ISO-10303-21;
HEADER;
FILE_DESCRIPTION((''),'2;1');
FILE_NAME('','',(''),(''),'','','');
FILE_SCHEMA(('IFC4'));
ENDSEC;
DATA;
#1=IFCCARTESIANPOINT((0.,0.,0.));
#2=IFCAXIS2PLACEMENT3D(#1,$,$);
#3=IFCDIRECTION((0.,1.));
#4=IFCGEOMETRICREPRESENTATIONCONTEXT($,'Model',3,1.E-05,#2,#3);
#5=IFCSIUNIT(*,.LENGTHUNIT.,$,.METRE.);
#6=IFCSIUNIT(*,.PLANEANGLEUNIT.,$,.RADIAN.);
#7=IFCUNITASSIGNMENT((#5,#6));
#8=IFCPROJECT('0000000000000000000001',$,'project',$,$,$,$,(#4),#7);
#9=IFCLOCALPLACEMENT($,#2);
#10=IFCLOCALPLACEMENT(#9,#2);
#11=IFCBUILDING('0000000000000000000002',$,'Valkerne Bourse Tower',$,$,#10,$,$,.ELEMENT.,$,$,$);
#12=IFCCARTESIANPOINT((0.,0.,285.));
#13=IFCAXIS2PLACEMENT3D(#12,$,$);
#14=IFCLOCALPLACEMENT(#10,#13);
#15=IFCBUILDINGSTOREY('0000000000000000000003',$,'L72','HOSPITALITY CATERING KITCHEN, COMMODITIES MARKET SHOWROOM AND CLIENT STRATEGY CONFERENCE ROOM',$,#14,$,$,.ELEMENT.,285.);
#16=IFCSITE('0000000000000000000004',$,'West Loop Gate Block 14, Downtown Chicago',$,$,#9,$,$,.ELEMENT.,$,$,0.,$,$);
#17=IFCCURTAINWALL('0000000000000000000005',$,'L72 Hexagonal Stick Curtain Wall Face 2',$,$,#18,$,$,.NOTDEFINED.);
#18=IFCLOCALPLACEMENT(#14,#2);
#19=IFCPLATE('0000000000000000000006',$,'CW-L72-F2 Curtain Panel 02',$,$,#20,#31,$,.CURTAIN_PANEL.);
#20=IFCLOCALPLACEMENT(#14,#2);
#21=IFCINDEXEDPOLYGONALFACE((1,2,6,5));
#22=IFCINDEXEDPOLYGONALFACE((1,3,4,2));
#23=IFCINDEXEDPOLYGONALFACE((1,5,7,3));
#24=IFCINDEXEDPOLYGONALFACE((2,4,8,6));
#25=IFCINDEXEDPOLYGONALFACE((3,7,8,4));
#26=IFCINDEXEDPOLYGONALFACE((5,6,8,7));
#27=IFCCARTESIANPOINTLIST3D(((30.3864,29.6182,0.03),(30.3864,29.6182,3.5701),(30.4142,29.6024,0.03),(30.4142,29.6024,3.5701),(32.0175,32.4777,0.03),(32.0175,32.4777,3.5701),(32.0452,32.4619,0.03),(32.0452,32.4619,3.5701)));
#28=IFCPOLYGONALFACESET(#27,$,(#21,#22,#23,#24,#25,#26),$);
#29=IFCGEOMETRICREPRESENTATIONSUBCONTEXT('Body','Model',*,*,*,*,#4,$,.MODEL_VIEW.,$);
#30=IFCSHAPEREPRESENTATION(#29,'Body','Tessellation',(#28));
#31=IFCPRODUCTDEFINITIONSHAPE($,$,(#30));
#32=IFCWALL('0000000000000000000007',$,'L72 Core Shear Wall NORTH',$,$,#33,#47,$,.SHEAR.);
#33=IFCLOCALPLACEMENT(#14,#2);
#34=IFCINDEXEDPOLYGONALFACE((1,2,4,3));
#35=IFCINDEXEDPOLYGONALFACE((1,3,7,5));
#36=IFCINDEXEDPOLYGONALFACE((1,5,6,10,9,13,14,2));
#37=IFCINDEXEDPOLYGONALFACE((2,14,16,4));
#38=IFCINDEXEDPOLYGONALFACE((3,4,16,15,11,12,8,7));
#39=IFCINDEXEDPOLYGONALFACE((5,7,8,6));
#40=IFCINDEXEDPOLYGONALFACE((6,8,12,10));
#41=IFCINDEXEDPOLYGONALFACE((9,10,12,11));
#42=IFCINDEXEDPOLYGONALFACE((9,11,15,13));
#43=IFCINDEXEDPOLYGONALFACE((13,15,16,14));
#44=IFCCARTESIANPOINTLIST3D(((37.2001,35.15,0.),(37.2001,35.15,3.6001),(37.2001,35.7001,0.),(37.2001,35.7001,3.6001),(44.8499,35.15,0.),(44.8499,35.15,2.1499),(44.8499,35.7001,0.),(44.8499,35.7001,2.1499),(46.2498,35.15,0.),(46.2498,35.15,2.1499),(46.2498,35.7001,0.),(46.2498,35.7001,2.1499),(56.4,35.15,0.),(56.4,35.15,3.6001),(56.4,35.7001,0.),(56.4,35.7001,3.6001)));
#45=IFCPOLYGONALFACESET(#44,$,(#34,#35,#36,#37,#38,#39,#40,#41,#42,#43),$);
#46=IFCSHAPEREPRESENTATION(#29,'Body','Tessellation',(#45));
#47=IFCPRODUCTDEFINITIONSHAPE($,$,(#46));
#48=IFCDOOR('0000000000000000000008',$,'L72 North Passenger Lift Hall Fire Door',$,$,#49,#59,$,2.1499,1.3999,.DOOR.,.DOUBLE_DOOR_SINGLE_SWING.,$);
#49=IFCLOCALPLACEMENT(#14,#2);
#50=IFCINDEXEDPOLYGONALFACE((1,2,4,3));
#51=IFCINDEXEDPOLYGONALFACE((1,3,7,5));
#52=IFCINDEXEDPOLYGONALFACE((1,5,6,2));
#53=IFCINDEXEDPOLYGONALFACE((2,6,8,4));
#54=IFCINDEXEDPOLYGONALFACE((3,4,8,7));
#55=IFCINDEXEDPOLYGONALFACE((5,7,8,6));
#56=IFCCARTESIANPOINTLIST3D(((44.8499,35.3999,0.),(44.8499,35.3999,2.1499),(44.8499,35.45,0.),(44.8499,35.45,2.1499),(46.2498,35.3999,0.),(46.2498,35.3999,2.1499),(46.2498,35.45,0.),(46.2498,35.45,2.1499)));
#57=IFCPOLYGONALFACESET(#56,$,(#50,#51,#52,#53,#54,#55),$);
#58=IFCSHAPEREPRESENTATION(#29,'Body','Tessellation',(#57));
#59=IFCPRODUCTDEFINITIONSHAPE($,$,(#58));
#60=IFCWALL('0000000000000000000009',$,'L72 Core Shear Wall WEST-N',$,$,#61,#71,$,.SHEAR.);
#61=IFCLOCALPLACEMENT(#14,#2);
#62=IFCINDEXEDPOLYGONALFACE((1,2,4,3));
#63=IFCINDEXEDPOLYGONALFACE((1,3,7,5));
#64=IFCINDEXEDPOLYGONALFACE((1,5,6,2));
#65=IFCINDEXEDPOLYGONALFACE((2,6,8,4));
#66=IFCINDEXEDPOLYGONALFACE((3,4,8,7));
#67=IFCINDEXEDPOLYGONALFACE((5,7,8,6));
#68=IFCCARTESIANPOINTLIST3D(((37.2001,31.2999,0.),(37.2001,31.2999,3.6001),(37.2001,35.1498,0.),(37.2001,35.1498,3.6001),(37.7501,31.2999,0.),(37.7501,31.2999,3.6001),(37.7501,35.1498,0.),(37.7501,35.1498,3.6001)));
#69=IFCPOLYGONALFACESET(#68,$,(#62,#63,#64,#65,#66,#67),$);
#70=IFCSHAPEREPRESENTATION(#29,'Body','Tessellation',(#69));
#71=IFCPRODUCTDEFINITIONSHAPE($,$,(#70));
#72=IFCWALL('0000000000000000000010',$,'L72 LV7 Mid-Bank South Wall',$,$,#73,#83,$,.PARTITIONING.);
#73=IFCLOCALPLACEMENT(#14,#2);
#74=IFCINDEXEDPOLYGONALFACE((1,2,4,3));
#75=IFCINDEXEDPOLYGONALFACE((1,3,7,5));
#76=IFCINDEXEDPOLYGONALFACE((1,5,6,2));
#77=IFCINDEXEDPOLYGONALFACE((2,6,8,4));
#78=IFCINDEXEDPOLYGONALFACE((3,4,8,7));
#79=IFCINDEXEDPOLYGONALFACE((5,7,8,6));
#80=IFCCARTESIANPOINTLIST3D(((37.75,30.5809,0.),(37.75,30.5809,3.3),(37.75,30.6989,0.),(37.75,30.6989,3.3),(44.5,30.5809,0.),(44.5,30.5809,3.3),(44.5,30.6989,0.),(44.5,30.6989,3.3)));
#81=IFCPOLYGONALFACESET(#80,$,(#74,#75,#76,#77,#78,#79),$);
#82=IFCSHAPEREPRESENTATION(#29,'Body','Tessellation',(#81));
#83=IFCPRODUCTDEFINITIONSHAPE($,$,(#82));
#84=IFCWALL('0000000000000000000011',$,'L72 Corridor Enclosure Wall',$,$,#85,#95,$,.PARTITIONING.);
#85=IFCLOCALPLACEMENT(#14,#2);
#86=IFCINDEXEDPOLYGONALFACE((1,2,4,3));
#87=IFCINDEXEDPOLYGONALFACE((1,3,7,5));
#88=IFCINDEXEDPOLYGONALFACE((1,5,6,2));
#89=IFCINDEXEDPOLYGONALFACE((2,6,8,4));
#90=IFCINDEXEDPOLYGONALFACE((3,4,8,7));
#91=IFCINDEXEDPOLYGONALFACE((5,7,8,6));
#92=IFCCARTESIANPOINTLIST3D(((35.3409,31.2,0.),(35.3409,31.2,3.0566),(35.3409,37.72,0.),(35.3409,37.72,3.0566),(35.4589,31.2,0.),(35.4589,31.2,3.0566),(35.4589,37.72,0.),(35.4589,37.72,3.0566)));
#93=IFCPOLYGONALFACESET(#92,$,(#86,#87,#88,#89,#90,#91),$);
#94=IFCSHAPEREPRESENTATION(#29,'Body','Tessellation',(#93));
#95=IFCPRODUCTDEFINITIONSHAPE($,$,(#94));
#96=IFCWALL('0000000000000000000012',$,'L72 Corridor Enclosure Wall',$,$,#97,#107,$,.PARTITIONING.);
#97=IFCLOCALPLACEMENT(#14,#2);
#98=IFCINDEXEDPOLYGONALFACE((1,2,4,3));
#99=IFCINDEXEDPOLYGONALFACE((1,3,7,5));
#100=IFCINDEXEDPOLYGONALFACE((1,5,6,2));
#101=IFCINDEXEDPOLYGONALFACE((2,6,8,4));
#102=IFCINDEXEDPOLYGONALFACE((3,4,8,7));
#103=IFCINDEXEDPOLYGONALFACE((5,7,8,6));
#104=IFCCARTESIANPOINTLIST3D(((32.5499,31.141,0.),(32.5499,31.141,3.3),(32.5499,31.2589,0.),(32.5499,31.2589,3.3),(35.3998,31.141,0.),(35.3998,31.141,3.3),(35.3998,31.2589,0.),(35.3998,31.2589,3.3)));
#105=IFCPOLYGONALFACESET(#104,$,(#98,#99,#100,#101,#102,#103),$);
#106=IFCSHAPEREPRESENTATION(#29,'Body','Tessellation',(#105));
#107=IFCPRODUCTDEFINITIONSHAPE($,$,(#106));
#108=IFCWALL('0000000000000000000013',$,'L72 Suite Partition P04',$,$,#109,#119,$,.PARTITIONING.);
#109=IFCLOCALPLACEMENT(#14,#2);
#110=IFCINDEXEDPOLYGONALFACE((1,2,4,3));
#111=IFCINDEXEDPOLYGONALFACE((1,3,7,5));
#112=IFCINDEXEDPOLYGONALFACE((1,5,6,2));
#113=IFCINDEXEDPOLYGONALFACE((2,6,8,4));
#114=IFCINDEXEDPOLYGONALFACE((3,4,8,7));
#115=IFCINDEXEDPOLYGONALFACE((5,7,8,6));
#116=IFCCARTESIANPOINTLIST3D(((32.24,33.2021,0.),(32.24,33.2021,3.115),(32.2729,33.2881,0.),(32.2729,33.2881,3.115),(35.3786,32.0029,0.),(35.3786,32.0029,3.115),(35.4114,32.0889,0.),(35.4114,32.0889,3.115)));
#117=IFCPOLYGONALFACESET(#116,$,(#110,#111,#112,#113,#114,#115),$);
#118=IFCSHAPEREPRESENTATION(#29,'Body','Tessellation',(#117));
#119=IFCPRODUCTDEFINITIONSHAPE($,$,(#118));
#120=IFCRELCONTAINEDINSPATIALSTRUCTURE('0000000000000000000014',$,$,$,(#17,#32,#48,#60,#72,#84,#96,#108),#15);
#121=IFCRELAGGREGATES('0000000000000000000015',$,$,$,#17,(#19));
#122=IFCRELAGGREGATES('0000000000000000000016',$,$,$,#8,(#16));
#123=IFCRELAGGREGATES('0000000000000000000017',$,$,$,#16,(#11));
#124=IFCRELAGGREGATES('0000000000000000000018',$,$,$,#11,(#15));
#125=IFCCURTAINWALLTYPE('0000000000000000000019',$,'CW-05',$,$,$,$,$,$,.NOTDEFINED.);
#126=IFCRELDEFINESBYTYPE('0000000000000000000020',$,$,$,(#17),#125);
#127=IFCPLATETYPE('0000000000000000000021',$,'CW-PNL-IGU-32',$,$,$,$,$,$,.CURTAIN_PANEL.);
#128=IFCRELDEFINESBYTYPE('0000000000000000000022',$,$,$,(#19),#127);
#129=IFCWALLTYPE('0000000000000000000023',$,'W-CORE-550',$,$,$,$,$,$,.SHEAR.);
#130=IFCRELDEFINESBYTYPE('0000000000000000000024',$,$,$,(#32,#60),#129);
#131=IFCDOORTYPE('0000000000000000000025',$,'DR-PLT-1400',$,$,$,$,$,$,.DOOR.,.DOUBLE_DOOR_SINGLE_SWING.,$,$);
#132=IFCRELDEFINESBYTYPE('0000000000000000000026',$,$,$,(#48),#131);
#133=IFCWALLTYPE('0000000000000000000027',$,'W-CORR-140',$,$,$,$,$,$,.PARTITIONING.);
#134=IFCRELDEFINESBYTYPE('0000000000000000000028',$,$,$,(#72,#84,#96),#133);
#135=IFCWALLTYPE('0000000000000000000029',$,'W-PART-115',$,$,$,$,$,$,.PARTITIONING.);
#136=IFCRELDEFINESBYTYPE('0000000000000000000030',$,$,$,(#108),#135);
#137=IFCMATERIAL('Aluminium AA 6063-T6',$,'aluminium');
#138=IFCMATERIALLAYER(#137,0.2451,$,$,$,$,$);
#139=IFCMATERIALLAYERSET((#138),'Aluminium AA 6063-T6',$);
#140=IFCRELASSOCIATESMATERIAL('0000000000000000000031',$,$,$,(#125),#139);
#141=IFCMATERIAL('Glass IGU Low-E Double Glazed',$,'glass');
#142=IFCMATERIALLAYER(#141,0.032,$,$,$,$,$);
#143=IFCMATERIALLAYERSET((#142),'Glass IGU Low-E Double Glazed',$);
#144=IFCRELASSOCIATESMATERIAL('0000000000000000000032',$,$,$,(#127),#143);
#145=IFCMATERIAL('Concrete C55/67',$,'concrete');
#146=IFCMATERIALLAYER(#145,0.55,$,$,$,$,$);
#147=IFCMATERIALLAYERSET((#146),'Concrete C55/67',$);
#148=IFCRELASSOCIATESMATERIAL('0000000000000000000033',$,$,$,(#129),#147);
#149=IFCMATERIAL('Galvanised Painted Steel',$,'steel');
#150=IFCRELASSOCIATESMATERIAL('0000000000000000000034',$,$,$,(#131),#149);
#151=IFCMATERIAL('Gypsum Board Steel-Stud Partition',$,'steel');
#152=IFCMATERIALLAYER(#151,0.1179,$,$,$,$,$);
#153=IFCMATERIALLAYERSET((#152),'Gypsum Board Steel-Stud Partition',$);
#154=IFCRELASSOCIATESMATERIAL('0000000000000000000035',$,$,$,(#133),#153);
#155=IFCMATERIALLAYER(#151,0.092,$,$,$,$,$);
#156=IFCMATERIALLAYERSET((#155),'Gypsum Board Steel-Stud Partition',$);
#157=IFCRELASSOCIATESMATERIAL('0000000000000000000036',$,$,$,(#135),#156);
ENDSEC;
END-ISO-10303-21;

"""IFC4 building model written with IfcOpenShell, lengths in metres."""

from ifc_helpers import new_model, si_unit, direction, frame, frame_2d, origin, origin_2d, place, context, subcontext, project, spatial, rectangle, extrude, material, layer, layer_set, type_object, element, fill, aggregate, save


model = new_model("IFC4")

# Units and contexts
model_context = context("Model", 3, precision=1e-05, world=origin(), true_north=direction((0.0, 1.0)))
body_context = subcontext(model_context, "Body", "Model", "MODEL_VIEW")
ifc_project = project(units=[si_unit("LENGTHUNIT", "METRE"), si_unit("PLANEANGLEUNIT", "RADIAN")], contexts=[model_context])

# Site, building, storey
site_placement = place(None, origin())
site = spatial("IfcSite", under=ifc_project, at=site_placement, Name="West Loop Gate Block 14, Downtown Chicago", CompositionType="ELEMENT", RefElevation=0.0)
building_placement = place(site_placement, origin())
building = spatial("IfcBuilding", under=site, at=building_placement, Name="Valkerne Bourse Tower", CompositionType="ELEMENT")
storey_placement = place(building_placement, frame((0.0, 0.0, 285.0)))
storey = spatial("IfcBuildingStorey", under=building, at=storey_placement, Name="L72", Description="HOSPITALITY CATERING KITCHEN, COMMODITIES MARKET SHOWROOM AND CLIENT STRATEGY CONFERENCE ROOM", CompositionType="ELEMENT", Elevation=285.0)

# Curtain wall
ifc_material_1 = material(Name="Aluminium AA 6063-T6", Category="aluminium")
ifc_layer_1 = layer(ifc_material_1, 0.2451)
ifc_layer_set_1 = layer_set([ifc_layer_1], Name="Aluminium AA 6063-T6")
curtain_wall_type = type_object("IfcCurtainWallType", Name="CW-05", PredefinedType="NOTDEFINED", material=ifc_layer_set_1)
curtain_wall_placement = place(storey_placement, origin())
curtain_wall = element("IfcCurtainWall", 1, at=curtain_wall_placement, inside=storey, type_object=curtain_wall_type, Name="L72 Hexagonal Stick Curtain Wall Face 2", PredefinedType="NOTDEFINED")

# Plate
ifc_material_2 = material(Name="Glass IGU Low-E Double Glazed", Category="glass")
ifc_layer_2 = layer(ifc_material_2, 0.032)
ifc_layer_set_2 = layer_set([ifc_layer_2], Name="Glass IGU Low-E Double Glazed")
plate_type = type_object("IfcPlateType", Name="CW-PNL-IGU-32", PredefinedType="CURTAIN_PANEL", material=ifc_layer_set_2)
plate_1_placement = place(storey_placement, frame((31.2158, 31.04, 0.03), z_axis=(0.0, 0.0, 1.0), x_axis=(-0.495461, -0.86863, 0.0)))
plate_1 = element("IfcPlate", 2, at=plate_1_placement, type_object=plate_type, Name="CW-L72-F2 Curtain Panel 02", PredefinedType="CURTAIN_PANEL", context=body_context, shape_type="SweptSolid", body=[
    extrude(rectangle(XDim=3.292, YDim=0.032, at=origin_2d()), origin(), (0.0, 0.0, 1.0), 3.54),
])
aggregate(curtain_wall, [plate_1])

# Wall, opening, door
ifc_material_3 = material(Name="Concrete C55/67", Category="concrete")
ifc_layer_3 = layer(ifc_material_3, 0.55)
ifc_layer_set_3 = layer_set([ifc_layer_3], Name="Concrete C55/67")
wall_type_1 = type_object("IfcWallType", Name="W-CORE-550", PredefinedType="SHEAR", material=ifc_layer_set_3)
wall_1_placement = place(storey_placement, frame((37.2, 35.425, 0.0), z_axis=(0.0, 0.0, 1.0), x_axis=(1.0, 0.0, 0.0)))
wall_1 = element("IfcWall", 3, at=wall_1_placement, inside=storey, type_object=wall_type_1, Name="L72 Core Shear Wall NORTH", PredefinedType="SHEAR", context=body_context, shape_type="SweptSolid", body=[
    extrude(rectangle(XDim=19.2, YDim=0.55, at=frame_2d((9.6001, 0.0))), origin(), (0.0, 0.0, 1.0), 3.6001),
])
opening_placement = place(wall_1_placement, frame((7.6499, 0.0, 0.0)))
opening = element("IfcOpeningElement", 4, at=opening_placement, cuts=wall_1, PredefinedType="OPENING", context=body_context, shape_type="SweptSolid", body=[
    extrude(rectangle(XDim=1.3999, YDim=2.1499, at=frame_2d((0.7, 1.075))), frame((0.0, 0.2849, 0.0), z_axis=(0.0, -1.0, 0.0), x_axis=(1.0, 0.0, 0.0)), (0.0, 0.0, 1.0), 0.5701),
])
ifc_material_4 = material(Name="Galvanised Painted Steel", Category="steel")
door_type = type_object("IfcDoorType", Name="DR-PLT-1400", OperationType="DOUBLE_DOOR_SINGLE_SWING", PredefinedType="DOOR", material=ifc_material_4)
door_placement = place(opening_placement, origin())
door = element("IfcDoor", 5, at=door_placement, inside=storey, type_object=door_type, Name="L72 North Passenger Lift Hall Fire Door", OperationType="DOUBLE_DOOR_SINGLE_SWING", OverallHeight=2.1499, OverallWidth=1.3999, PredefinedType="DOOR", context=body_context, shape_type="SweptSolid", body=[
    extrude(rectangle(XDim=1.3999, YDim=2.1499, at=frame_2d((0.7, 1.075))), frame((0.0, 0.0249, 0.0), z_axis=(0.0, -1.0, 0.0), x_axis=(1.0, 0.0, 0.0)), (0.0, 0.0, 1.0), 0.05),
])
fill(opening, door)

# Walls
wall_2_placement = place(storey_placement, frame((37.4751, 31.3, 0.0), z_axis=(0.0, 0.0, 1.0), x_axis=(0.0, 1.0, 0.0)))
element("IfcWall", 6, at=wall_2_placement, inside=storey, type_object=wall_type_1, Name="L72 Core Shear Wall WEST-N", PredefinedType="SHEAR", context=body_context, shape_type="SweptSolid", body=[
    extrude(rectangle(XDim=3.8499, YDim=0.55, at=frame_2d((1.9248, 0.0))), origin(), (0.0, 0.0, 1.0), 3.6001),
])
ifc_material_5 = material(Name="Gypsum Board Steel-Stud Partition", Category="steel")
ifc_layer_4 = layer(ifc_material_5, 0.1179)
ifc_layer_set_4 = layer_set([ifc_layer_4], Name="Gypsum Board Steel-Stud Partition")
wall_type_2 = type_object("IfcWallType", Name="W-CORR-140", PredefinedType="PARTITIONING", material=ifc_layer_set_4)
wall_3_placement = place(storey_placement, frame((37.75, 30.6399, 0.0), z_axis=(0.0, 0.0, 1.0), x_axis=(1.0, 0.0, 0.0)))
element("IfcWall", 7, at=wall_3_placement, inside=storey, type_object=wall_type_2, Name="L72 LV7 Mid-Bank South Wall", PredefinedType="PARTITIONING", context=body_context, shape_type="SweptSolid", body=[
    extrude(rectangle(XDim=6.75, YDim=0.1179, at=frame_2d((3.375, 0.0))), origin(), (0.0, 0.0, 1.0), 3.3),
])
wall_4_placement = place(storey_placement, frame((35.3999, 31.2, 0.0), z_axis=(0.0, 0.0, 1.0), x_axis=(0.0, 1.0, 0.0)))
element("IfcWall", 8, at=wall_4_placement, inside=storey, type_object=wall_type_2, Name="L72 Corridor Enclosure Wall", PredefinedType="PARTITIONING", context=body_context, shape_type="SweptSolid", body=[
    extrude(rectangle(XDim=6.52, YDim=0.1179, at=frame_2d((3.26, 0.0))), origin(), (0.0, 0.0, 1.0), 3.0566),
])
wall_5_placement = place(storey_placement, frame((32.55, 31.2, 0.0), z_axis=(0.0, 0.0, 1.0), x_axis=(1.0, 0.0, 0.0)))
element("IfcWall", 9, at=wall_5_placement, inside=storey, type_object=wall_type_2, Name="L72 Corridor Enclosure Wall", PredefinedType="PARTITIONING", context=body_context, shape_type="SweptSolid", body=[
    extrude(rectangle(XDim=2.8499, YDim=0.1179, at=frame_2d((1.4248, 0.0))), origin(), (0.0, 0.0, 1.0), 3.3),
])
ifc_layer_5 = layer(ifc_material_5, 0.092)
ifc_layer_set_5 = layer_set([ifc_layer_5], Name="Gypsum Board Steel-Stud Partition")
wall_type_3 = type_object("IfcWallType", Name="W-PART-115", PredefinedType="PARTITIONING", material=ifc_layer_set_5)
wall_6_placement = place(storey_placement, frame((35.395, 32.0459, 0.0), z_axis=(0.0, 0.0, 1.0), x_axis=(-0.934137, 0.356914, 0.0)))
element("IfcWall", 10, at=wall_6_placement, inside=storey, type_object=wall_type_3, Name="L72 Suite Partition P04", PredefinedType="PARTITIONING", context=body_context, shape_type="SweptSolid", body=[
    extrude(rectangle(XDim=3.3599, YDim=0.092, at=frame_2d((1.6799, 0.0))), origin(), (0.0, 0.0, 1.0), 3.115),
])

save(model, "model.ifc")
